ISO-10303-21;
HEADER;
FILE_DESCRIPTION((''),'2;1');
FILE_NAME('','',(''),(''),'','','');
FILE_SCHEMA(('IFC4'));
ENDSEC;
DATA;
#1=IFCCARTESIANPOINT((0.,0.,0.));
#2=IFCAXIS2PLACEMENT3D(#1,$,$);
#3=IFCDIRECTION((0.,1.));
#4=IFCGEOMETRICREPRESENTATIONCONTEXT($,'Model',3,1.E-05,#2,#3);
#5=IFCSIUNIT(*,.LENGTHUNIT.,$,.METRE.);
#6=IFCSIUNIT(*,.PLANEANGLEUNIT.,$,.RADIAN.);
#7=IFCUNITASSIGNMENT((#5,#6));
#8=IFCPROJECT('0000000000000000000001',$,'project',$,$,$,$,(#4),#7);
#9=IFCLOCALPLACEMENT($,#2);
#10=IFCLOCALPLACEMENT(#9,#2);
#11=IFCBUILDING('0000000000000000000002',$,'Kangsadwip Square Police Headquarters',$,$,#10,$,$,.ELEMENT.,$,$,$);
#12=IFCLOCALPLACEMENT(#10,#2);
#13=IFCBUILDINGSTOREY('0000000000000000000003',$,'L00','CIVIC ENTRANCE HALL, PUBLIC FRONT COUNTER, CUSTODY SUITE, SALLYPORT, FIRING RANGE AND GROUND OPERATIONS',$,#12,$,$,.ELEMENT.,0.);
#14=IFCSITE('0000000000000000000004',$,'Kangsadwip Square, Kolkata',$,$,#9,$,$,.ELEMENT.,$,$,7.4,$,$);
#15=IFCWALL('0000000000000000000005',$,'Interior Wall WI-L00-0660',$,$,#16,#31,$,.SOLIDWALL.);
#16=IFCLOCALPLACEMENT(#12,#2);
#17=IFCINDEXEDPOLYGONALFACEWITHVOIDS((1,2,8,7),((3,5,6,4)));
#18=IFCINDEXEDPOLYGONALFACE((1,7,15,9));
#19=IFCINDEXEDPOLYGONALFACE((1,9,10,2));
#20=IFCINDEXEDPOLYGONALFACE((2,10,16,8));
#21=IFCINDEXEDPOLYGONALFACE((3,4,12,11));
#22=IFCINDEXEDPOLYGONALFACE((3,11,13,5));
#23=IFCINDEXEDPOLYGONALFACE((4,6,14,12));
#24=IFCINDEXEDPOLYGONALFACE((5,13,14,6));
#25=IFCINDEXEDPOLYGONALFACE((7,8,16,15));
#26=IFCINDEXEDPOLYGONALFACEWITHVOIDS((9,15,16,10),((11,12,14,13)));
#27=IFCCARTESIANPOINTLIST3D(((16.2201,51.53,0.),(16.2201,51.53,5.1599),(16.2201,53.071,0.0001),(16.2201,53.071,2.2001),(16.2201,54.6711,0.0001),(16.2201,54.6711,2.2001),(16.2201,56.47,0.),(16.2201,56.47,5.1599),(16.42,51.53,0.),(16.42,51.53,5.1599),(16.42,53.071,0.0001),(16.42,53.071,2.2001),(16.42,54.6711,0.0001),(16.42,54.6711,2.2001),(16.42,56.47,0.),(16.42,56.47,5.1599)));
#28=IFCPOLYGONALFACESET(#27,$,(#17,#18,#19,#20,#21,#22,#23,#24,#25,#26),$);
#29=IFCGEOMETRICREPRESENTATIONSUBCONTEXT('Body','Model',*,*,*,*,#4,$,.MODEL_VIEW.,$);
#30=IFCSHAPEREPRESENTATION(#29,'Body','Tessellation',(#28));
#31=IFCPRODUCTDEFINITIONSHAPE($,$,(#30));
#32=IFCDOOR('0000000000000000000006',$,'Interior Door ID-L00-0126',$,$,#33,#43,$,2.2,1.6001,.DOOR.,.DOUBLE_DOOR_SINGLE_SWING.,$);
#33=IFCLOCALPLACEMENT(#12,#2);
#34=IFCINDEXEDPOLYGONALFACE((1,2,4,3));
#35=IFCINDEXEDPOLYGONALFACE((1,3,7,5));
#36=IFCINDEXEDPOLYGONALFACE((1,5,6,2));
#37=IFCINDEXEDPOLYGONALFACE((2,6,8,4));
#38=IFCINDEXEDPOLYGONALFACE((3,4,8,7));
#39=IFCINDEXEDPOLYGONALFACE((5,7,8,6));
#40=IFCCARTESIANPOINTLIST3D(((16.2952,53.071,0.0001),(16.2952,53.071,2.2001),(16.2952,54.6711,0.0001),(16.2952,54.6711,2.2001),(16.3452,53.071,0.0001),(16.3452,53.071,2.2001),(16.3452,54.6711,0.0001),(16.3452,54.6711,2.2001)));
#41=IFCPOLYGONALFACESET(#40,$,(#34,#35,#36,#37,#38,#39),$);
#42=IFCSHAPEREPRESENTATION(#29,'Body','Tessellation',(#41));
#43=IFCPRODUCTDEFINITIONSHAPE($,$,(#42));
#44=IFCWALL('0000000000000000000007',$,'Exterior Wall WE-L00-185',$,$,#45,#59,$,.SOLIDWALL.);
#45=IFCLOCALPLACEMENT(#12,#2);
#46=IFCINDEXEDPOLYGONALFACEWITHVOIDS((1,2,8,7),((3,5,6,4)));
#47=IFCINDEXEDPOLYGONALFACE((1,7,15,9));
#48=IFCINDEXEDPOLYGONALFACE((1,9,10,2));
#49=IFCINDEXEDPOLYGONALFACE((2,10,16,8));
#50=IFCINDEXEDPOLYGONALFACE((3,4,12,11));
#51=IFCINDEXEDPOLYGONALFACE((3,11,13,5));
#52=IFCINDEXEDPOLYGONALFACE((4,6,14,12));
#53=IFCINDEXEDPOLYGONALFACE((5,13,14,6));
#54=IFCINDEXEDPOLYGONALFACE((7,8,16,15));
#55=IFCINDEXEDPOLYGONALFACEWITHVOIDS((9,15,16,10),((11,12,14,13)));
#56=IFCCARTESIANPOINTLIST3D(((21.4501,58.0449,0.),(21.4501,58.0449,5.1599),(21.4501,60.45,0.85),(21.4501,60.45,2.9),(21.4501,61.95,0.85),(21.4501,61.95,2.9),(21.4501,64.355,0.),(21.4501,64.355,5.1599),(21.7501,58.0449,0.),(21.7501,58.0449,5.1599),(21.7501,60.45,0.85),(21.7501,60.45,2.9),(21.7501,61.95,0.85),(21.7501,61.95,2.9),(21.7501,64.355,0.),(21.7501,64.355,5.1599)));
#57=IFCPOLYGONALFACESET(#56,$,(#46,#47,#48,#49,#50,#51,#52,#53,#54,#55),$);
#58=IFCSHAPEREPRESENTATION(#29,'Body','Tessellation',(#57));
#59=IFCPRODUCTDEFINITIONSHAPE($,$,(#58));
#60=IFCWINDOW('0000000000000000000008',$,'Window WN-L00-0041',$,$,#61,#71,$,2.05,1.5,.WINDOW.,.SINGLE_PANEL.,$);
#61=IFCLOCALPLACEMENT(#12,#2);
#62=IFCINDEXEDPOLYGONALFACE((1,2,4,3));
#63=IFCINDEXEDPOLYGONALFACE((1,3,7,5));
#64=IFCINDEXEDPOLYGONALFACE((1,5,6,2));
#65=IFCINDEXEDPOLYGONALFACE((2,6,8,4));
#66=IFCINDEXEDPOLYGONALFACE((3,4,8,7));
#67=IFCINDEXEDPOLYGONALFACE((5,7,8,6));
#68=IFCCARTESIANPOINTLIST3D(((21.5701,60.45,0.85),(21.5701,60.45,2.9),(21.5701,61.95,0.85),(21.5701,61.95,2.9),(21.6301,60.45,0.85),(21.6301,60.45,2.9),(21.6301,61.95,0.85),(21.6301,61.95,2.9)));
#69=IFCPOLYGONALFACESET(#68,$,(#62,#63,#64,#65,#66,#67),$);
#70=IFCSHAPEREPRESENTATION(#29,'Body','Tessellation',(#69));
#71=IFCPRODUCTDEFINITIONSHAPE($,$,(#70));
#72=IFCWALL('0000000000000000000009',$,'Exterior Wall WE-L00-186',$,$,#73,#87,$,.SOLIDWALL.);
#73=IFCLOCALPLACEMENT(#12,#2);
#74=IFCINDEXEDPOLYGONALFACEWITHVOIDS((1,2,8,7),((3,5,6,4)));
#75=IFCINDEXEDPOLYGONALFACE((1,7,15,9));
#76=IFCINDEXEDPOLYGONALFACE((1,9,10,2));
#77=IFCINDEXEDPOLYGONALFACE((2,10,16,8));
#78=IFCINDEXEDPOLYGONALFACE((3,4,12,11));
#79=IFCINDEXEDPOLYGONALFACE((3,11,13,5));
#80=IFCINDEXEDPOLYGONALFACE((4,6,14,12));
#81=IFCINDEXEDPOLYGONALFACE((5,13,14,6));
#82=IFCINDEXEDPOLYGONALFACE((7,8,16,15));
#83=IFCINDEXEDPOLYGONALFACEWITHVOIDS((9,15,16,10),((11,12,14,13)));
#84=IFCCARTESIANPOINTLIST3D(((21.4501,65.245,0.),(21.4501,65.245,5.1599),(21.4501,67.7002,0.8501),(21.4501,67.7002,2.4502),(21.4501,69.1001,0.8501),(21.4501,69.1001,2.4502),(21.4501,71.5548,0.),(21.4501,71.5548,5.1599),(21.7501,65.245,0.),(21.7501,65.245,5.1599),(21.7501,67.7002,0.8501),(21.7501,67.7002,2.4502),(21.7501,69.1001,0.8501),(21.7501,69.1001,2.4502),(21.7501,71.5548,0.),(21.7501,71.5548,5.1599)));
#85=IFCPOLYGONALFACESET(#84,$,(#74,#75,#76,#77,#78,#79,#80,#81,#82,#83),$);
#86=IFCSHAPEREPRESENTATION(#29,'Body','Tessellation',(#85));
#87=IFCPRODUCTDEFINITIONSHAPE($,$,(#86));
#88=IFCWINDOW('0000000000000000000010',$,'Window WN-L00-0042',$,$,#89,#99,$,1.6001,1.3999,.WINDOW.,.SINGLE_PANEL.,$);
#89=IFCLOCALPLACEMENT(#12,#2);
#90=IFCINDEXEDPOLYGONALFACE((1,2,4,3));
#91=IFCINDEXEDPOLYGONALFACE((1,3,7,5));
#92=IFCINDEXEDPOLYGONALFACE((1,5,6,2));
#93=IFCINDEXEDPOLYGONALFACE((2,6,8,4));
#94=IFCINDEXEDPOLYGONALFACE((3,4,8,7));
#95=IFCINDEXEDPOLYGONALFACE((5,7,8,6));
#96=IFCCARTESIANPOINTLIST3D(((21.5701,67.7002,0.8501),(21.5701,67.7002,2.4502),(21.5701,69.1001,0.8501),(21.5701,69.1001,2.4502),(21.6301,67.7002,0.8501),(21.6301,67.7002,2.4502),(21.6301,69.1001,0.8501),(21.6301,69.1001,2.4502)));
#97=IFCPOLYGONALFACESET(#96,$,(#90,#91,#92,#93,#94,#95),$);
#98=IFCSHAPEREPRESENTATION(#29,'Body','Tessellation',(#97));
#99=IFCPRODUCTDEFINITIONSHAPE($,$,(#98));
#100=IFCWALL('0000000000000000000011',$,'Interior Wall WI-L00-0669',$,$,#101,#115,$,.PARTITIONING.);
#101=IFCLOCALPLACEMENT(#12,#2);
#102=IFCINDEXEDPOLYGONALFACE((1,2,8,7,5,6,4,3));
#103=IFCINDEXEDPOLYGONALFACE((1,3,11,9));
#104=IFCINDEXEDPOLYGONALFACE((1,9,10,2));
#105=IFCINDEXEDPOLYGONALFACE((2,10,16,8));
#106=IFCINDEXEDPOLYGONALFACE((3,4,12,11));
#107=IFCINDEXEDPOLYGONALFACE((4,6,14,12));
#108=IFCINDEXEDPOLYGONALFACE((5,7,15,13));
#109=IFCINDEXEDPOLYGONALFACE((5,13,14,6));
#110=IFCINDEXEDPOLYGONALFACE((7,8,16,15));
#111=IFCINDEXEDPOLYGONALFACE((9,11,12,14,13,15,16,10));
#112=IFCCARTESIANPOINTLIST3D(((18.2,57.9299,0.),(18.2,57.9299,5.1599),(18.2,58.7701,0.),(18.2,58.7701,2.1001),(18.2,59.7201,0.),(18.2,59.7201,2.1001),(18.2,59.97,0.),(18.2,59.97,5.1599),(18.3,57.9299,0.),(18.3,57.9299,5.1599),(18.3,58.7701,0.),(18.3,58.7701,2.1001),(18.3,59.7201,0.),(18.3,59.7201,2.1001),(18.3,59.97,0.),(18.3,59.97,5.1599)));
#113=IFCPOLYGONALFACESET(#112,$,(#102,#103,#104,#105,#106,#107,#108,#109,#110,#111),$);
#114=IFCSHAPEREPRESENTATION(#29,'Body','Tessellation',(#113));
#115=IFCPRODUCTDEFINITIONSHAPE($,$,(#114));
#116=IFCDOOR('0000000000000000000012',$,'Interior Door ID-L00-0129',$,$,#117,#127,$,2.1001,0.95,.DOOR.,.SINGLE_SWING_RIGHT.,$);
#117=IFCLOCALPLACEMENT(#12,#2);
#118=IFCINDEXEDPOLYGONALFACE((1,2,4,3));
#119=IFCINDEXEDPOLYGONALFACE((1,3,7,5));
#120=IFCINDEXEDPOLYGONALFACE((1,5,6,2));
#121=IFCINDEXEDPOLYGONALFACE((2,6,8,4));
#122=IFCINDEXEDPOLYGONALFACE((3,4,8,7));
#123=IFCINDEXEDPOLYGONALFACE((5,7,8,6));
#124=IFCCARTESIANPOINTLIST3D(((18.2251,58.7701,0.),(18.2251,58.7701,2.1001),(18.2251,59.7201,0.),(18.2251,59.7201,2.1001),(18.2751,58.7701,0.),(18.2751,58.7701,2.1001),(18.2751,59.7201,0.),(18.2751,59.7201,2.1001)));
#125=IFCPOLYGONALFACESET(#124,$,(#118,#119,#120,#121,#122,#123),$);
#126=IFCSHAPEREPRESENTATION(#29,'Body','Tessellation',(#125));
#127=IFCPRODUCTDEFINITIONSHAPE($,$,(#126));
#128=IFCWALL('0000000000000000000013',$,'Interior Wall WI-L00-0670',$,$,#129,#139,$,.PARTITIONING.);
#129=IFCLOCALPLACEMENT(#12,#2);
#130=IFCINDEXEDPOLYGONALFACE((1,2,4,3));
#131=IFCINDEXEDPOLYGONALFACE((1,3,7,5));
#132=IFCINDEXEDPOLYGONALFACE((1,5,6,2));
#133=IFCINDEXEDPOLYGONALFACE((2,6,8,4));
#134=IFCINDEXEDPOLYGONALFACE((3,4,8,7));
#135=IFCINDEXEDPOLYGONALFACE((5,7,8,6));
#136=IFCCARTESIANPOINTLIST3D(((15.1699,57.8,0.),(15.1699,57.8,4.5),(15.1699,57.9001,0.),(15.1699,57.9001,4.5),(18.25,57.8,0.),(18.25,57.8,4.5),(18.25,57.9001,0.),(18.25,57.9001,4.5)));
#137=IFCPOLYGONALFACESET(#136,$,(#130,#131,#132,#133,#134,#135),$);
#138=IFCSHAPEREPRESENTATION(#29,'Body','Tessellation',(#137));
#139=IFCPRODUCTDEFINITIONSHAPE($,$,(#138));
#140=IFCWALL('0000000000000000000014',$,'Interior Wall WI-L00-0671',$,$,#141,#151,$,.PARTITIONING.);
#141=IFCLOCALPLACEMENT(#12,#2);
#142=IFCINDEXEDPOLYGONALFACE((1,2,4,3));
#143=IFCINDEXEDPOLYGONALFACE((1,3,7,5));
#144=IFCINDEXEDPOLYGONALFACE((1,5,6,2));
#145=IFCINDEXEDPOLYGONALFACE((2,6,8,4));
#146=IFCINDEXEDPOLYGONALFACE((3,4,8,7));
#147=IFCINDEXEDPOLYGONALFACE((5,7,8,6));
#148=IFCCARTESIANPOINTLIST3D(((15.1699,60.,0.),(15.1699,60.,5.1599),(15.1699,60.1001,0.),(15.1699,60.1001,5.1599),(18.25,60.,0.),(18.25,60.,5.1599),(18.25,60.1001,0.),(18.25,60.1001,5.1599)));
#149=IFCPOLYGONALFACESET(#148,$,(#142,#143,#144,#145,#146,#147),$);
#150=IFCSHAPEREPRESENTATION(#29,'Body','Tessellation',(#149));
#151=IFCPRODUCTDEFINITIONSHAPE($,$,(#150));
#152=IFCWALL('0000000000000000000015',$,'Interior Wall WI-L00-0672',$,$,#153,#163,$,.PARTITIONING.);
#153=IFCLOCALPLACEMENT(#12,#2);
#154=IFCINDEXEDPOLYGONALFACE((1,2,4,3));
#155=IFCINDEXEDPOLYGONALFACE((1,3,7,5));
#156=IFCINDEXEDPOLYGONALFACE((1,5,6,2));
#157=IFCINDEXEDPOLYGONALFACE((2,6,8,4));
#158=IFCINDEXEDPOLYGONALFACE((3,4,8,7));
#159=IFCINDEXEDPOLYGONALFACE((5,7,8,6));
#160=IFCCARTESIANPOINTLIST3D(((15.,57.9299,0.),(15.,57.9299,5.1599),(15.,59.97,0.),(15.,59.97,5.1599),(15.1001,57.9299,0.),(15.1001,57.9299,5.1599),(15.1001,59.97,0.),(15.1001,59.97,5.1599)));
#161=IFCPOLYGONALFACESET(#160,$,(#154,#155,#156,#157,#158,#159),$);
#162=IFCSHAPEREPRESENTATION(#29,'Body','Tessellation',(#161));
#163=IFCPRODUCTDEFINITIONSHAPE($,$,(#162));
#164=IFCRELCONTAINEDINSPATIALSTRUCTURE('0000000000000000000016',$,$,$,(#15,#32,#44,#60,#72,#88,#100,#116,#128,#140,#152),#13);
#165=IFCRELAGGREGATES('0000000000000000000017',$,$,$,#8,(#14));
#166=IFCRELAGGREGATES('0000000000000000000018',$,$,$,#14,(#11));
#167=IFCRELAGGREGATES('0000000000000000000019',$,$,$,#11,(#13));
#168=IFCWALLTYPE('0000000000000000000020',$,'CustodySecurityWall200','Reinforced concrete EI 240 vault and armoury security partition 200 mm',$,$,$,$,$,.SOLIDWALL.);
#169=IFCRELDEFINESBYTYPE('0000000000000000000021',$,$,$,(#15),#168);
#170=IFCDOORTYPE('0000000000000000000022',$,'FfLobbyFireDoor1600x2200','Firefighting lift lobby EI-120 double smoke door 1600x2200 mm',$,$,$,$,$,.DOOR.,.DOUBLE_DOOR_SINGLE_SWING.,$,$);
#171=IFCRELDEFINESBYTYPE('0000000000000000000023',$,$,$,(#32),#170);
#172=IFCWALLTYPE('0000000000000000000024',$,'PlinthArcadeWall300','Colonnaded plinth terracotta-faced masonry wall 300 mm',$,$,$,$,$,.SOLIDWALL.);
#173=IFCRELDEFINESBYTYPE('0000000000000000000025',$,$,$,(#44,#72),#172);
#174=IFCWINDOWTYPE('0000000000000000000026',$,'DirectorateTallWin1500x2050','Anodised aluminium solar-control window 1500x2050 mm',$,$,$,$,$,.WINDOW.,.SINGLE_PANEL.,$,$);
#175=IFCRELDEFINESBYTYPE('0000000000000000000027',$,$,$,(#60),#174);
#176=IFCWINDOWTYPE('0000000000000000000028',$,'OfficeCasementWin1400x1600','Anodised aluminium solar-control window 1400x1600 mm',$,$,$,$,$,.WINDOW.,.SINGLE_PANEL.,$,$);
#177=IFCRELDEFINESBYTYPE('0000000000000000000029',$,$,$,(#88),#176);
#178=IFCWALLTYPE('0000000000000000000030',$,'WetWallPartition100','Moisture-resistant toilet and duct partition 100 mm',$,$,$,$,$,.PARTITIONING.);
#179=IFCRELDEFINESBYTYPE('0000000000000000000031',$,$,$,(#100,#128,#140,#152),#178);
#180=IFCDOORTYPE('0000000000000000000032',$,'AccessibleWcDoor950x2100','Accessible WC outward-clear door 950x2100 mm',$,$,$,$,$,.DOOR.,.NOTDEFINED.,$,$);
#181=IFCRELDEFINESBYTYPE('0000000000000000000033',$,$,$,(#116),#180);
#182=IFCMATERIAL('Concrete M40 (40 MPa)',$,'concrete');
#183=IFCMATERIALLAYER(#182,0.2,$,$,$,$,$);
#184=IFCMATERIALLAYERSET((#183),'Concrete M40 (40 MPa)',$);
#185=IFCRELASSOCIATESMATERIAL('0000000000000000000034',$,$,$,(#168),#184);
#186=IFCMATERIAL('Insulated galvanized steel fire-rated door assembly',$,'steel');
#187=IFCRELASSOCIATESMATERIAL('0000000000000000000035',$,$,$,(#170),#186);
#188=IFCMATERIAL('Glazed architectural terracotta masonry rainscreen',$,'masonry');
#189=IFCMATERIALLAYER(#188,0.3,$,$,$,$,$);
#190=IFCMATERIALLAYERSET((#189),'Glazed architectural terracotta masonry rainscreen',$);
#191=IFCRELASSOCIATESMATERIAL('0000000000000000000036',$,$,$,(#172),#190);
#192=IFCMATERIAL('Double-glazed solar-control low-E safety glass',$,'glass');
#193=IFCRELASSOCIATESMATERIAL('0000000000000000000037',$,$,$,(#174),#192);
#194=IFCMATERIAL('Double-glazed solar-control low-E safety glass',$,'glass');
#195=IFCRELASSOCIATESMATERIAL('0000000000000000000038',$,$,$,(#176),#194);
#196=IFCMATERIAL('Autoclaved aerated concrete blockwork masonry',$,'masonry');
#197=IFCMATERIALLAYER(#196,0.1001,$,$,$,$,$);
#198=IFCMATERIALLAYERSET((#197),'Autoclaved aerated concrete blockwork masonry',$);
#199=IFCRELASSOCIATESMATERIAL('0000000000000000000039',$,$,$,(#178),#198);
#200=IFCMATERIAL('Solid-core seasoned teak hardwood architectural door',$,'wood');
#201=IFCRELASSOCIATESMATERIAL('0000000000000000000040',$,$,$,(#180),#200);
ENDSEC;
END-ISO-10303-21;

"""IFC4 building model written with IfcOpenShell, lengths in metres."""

from ifc_helpers import new_model, si_unit, direction, frame, frame_2d, origin, place, context, subcontext, project, spatial, rectangle, extrude, material, layer, layer_set, type_object, element, fill, save


model = new_model("IFC4")

# Units and contexts
model_context = context("Model", 3, precision=1e-05, world=origin(), true_north=direction((0.0, 1.0)))
body_context = subcontext(model_context, "Body", "Model", "MODEL_VIEW")
ifc_project = project(units=[si_unit("LENGTHUNIT", "METRE"), si_unit("PLANEANGLEUNIT", "RADIAN")], contexts=[model_context])

# Site, building, storey
site_placement = place(None, origin())
site = spatial("IfcSite", under=ifc_project, at=site_placement, Name="Kangsadwip Square, Kolkata", CompositionType="ELEMENT", RefElevation=7.4)
building_placement = place(site_placement, origin())
building = spatial("IfcBuilding", under=site, at=building_placement, Name="Kangsadwip Square Police Headquarters", CompositionType="ELEMENT")
storey_placement = place(building_placement, origin())
storey = spatial("IfcBuildingStorey", under=building, at=storey_placement, Name="L00", Description="CIVIC ENTRANCE HALL, PUBLIC FRONT COUNTER, CUSTODY SUITE, SALLYPORT, FIRING RANGE AND GROUND OPERATIONS", CompositionType="ELEMENT", Elevation=0.0)

# Wall, opening, door
ifc_material_1 = material(Name="Concrete M40 (40 MPa)", Category="concrete")
ifc_layer_1 = layer(ifc_material_1, 0.2)
ifc_layer_set_1 = layer_set([ifc_layer_1], Name="Concrete M40 (40 MPa)")
wall_type_1 = type_object("IfcWallType", Name="CustodySecurityWall200", Description="Reinforced concrete EI 240 vault and armoury security partition 200 mm", PredefinedType="SOLIDWALL", material=ifc_layer_set_1)
wall_1_placement = place(storey_placement, frame((16.3201, 51.53, 0.0), z_axis=(0.0, 0.0, 1.0), x_axis=(0.0, 1.0, 0.0)))
wall_1 = element("IfcWall", 1, at=wall_1_placement, inside=storey, type_object=wall_type_1, Name="Interior Wall WI-L00-0660", PredefinedType="SOLIDWALL", context=body_context, shape_type="SweptSolid", body=[
    extrude(rectangle(XDim=4.9399, YDim=0.2, at=frame_2d((2.47, 0.0))), origin(), (0.0, 0.0, 1.0), 5.1599),
])
opening_1_placement = place(wall_1_placement, frame((1.541, 0.0, 0.0)))
opening_1 = element("IfcOpeningElement", 2, at=opening_1_placement, cuts=wall_1, PredefinedType="OPENING", context=body_context, shape_type="SweptSolid", body=[
    extrude(rectangle(XDim=1.6001, YDim=2.2, at=frame_2d((0.8, 1.1001))), frame((0.0, 0.1099, 0.0), z_axis=(0.0, -1.0, 0.0), x_axis=(1.0, 0.0, 0.0)), (0.0, 0.0, 1.0), 0.22),
])
ifc_material_2 = material(Name="Insulated galvanized steel fire-rated door assembly", Category="steel")
door_type_1 = type_object("IfcDoorType", Name="FfLobbyFireDoor1600x2200", Description="Firefighting lift lobby EI-120 double smoke door 1600x2200 mm", OperationType="DOUBLE_DOOR_SINGLE_SWING", PredefinedType="DOOR", material=ifc_material_2)
door_1_placement = place(opening_1_placement, origin())
door_1 = element("IfcDoor", 3, at=door_1_placement, inside=storey, type_object=door_type_1, Name="Interior Door ID-L00-0126", OperationType="DOUBLE_DOOR_SINGLE_SWING", OverallHeight=2.2, OverallWidth=1.6001, PredefinedType="DOOR", context=body_context, shape_type="SweptSolid", body=[
    extrude(rectangle(XDim=1.6001, YDim=2.2, at=frame_2d((0.8, 1.1001))), frame((0.0, 0.0249, 0.0), z_axis=(0.0, -1.0, 0.0), x_axis=(1.0, 0.0, 0.0)), (0.0, 0.0, 1.0), 0.05),
])
fill(opening_1, door_1)

# Walls, openings, windows
ifc_material_3 = material(Name="Glazed architectural terracotta masonry rainscreen", Category="masonry")
ifc_layer_2 = layer(ifc_material_3, 0.3)
ifc_layer_set_2 = layer_set([ifc_layer_2], Name="Glazed architectural terracotta masonry rainscreen")
wall_type_2 = type_object("IfcWallType", Name="PlinthArcadeWall300", Description="Colonnaded plinth terracotta-faced masonry wall 300 mm", PredefinedType="SOLIDWALL", material=ifc_layer_set_2)
wall_2_placement = place(storey_placement, frame((21.6001, 58.0449, 0.0), z_axis=(0.0, 0.0, 1.0), x_axis=(0.0, 1.0, 0.0)))
wall_2 = element("IfcWall", 4, at=wall_2_placement, inside=storey, type_object=wall_type_2, Name="Exterior Wall WE-L00-185", PredefinedType="SOLIDWALL", context=body_context, shape_type="SweptSolid", body=[
    extrude(rectangle(XDim=6.3101, YDim=0.3, at=frame_2d((3.155, 0.0))), origin(), (0.0, 0.0, 1.0), 5.1599),
])
opening_2_placement = place(wall_2_placement, frame((2.405, 0.0, 0.8501)))
opening_2 = element("IfcOpeningElement", 5, at=opening_2_placement, cuts=wall_2, PredefinedType="OPENING", context=body_context, shape_type="SweptSolid", body=[
    extrude(rectangle(XDim=1.5, YDim=2.05, at=frame_2d((0.75, 1.0249))), frame((0.0, 0.1599, 0.0), z_axis=(0.0, -1.0, 0.0), x_axis=(1.0, 0.0, 0.0)), (0.0, 0.0, 1.0), 0.3201),
])
ifc_material_4 = material(Name="Double-glazed solar-control low-E safety glass", Category="glass")
window_type_1 = type_object("IfcWindowType", Name="DirectorateTallWin1500x2050", Description="Anodised aluminium solar-control window 1500x2050 mm", PartitioningType="SINGLE_PANEL", PredefinedType="WINDOW", material=ifc_material_4)
window_1_placement = place(opening_2_placement, origin())
window_1 = element("IfcWindow", 6, at=window_1_placement, inside=storey, type_object=window_type_1, Name="Window WN-L00-0041", OverallHeight=2.05, OverallWidth=1.5, PartitioningType="SINGLE_PANEL", PredefinedType="WINDOW", context=body_context, shape_type="SweptSolid", body=[
    extrude(rectangle(XDim=1.5, YDim=2.05, at=frame_2d((0.75, 1.0249))), frame((0.0, 0.03, 0.0), z_axis=(0.0, -1.0, 0.0), x_axis=(1.0, 0.0, 0.0)), (0.0, 0.0, 1.0), 0.0601),
])
fill(opening_2, window_1)
wall_3_placement = place(storey_placement, frame((21.6001, 65.2451, 0.0), z_axis=(0.0, 0.0, 1.0), x_axis=(0.0, 1.0, 0.0)))
wall_3 = element("IfcWall", 7, at=wall_3_placement, inside=storey, type_object=wall_type_2, Name="Exterior Wall WE-L00-186", PredefinedType="SOLIDWALL", context=body_context, shape_type="SweptSolid", body=[
    extrude(rectangle(XDim=6.3098, YDim=0.3, at=frame_2d((3.1548, 0.0))), origin(), (0.0, 0.0, 1.0), 5.1599),
])
opening_3_placement = place(wall_3_placement, frame((2.4551, 0.0, 0.8501)))
opening_3 = element("IfcOpeningElement", 8, at=opening_3_placement, cuts=wall_3, PredefinedType="OPENING", context=body_context, shape_type="SweptSolid", body=[
    extrude(rectangle(XDim=1.3999, YDim=1.6001, at=frame_2d((0.7, 0.8))), frame((0.0, 0.1599, 0.0), z_axis=(0.0, -1.0, 0.0), x_axis=(1.0, 0.0, 0.0)), (0.0, 0.0, 1.0), 0.3201),
])
ifc_material_5 = material(Name="Double-glazed solar-control low-E safety glass", Category="glass")
window_type_2 = type_object("IfcWindowType", Name="OfficeCasementWin1400x1600", Description="Anodised aluminium solar-control window 1400x1600 mm", PartitioningType="SINGLE_PANEL", PredefinedType="WINDOW", material=ifc_material_5)
window_2_placement = place(opening_3_placement, origin())
window_2 = element("IfcWindow", 9, at=window_2_placement, inside=storey, type_object=window_type_2, Name="Window WN-L00-0042", OverallHeight=1.6001, OverallWidth=1.3999, PartitioningType="SINGLE_PANEL", PredefinedType="WINDOW", context=body_context, shape_type="SweptSolid", body=[
    extrude(rectangle(XDim=1.3999, YDim=1.6001, at=frame_2d((0.7, 0.8))), frame((0.0, 0.03, 0.0), z_axis=(0.0, -1.0, 0.0), x_axis=(1.0, 0.0, 0.0)), (0.0, 0.0, 1.0), 0.0601),
])
fill(opening_3, window_2)

# Wall, opening, door
ifc_material_6 = material(Name="Autoclaved aerated concrete blockwork masonry", Category="masonry")
ifc_layer_3 = layer(ifc_material_6, 0.1001)
ifc_layer_set_3 = layer_set([ifc_layer_3], Name="Autoclaved aerated concrete blockwork masonry")
wall_type_3 = type_object("IfcWallType", Name="WetWallPartition100", Description="Moisture-resistant toilet and duct partition 100 mm", PredefinedType="PARTITIONING", material=ifc_layer_set_3)
wall_4_placement = place(storey_placement, frame((18.25, 57.9299, 0.0), z_axis=(0.0, 0.0, 1.0), x_axis=(0.0, 1.0, 0.0)))
wall_4 = element("IfcWall", 10, at=wall_4_placement, inside=storey, type_object=wall_type_3, Name="Interior Wall WI-L00-0669", PredefinedType="PARTITIONING", context=body_context, shape_type="SweptSolid", body=[
    extrude(rectangle(XDim=2.04, YDim=0.1001, at=frame_2d((1.02, 0.0))), origin(), (0.0, 0.0, 1.0), 5.1599),
])
opening_4_placement = place(wall_4_placement, frame((0.8401, 0.0, 0.0)))
opening_4 = element("IfcOpeningElement", 11, at=opening_4_placement, cuts=wall_4, PredefinedType="OPENING", context=body_context, shape_type="SweptSolid", body=[
    extrude(rectangle(XDim=0.95, YDim=2.1001, at=frame_2d((0.4751, 1.05))), frame((0.0, 0.0601, 0.0), z_axis=(0.0, -1.0, 0.0), x_axis=(1.0, 0.0, 0.0)), (0.0, 0.0, 1.0), 0.1201),
])
ifc_material_7 = material(Name="Solid-core seasoned teak hardwood architectural door", Category="wood")
door_type_2 = type_object("IfcDoorType", Name="AccessibleWcDoor950x2100", Description="Accessible WC outward-clear door 950x2100 mm", OperationType="NOTDEFINED", PredefinedType="DOOR", material=ifc_material_7)
door_2_placement = place(opening_4_placement, origin())
door_2 = element("IfcDoor", 12, at=door_2_placement, inside=storey, type_object=door_type_2, Name="Interior Door ID-L00-0129", OperationType="SINGLE_SWING_RIGHT", OverallHeight=2.1001, OverallWidth=0.95, PredefinedType="DOOR", context=body_context, shape_type="SweptSolid", body=[
    extrude(rectangle(XDim=0.95, YDim=2.1001, at=frame_2d((0.4751, 1.05))), frame((0.0, 0.0249, 0.0), z_axis=(0.0, -1.0, 0.0), x_axis=(1.0, 0.0, 0.0)), (0.0, 0.0, 1.0), 0.05),
])
fill(opening_4, door_2)

# Walls
wall_5_placement = place(storey_placement, frame((15.1699, 57.8501, 0.0), z_axis=(0.0, 0.0, 1.0), x_axis=(1.0, 0.0, 0.0)))
element("IfcWall", 13, at=wall_5_placement, inside=storey, type_object=wall_type_3, Name="Interior Wall WI-L00-0670", PredefinedType="PARTITIONING", context=body_context, shape_type="SweptSolid", body=[
    extrude(rectangle(XDim=3.0801, YDim=0.1001, at=frame_2d((1.54, 0.0))), origin(), (0.0, 0.0, 1.0), 4.5),
])
wall_6_placement = place(storey_placement, frame((15.1699, 60.05, 0.0), z_axis=(0.0, 0.0, 1.0), x_axis=(1.0, 0.0, 0.0)))
element("IfcWall", 14, at=wall_6_placement, inside=storey, type_object=wall_type_3, Name="Interior Wall WI-L00-0671", PredefinedType="PARTITIONING", context=body_context, shape_type="SweptSolid", body=[
    extrude(rectangle(XDim=3.0801, YDim=0.1001, at=frame_2d((1.54, 0.0))), origin(), (0.0, 0.0, 1.0), 5.1599),
])
wall_7_placement = place(storey_placement, frame((15.05, 57.9299, 0.0), z_axis=(0.0, 0.0, 1.0), x_axis=(0.0, 1.0, 0.0)))
element("IfcWall", 15, at=wall_7_placement, inside=storey, type_object=wall_type_3, Name="Interior Wall WI-L00-0672", PredefinedType="PARTITIONING", context=body_context, shape_type="SweptSolid", body=[
    extrude(rectangle(XDim=2.04, YDim=0.1001, at=frame_2d((1.02, 0.0))), origin(), (0.0, 0.0, 1.0), 5.1599),
])

save(model, "model.ifc")
